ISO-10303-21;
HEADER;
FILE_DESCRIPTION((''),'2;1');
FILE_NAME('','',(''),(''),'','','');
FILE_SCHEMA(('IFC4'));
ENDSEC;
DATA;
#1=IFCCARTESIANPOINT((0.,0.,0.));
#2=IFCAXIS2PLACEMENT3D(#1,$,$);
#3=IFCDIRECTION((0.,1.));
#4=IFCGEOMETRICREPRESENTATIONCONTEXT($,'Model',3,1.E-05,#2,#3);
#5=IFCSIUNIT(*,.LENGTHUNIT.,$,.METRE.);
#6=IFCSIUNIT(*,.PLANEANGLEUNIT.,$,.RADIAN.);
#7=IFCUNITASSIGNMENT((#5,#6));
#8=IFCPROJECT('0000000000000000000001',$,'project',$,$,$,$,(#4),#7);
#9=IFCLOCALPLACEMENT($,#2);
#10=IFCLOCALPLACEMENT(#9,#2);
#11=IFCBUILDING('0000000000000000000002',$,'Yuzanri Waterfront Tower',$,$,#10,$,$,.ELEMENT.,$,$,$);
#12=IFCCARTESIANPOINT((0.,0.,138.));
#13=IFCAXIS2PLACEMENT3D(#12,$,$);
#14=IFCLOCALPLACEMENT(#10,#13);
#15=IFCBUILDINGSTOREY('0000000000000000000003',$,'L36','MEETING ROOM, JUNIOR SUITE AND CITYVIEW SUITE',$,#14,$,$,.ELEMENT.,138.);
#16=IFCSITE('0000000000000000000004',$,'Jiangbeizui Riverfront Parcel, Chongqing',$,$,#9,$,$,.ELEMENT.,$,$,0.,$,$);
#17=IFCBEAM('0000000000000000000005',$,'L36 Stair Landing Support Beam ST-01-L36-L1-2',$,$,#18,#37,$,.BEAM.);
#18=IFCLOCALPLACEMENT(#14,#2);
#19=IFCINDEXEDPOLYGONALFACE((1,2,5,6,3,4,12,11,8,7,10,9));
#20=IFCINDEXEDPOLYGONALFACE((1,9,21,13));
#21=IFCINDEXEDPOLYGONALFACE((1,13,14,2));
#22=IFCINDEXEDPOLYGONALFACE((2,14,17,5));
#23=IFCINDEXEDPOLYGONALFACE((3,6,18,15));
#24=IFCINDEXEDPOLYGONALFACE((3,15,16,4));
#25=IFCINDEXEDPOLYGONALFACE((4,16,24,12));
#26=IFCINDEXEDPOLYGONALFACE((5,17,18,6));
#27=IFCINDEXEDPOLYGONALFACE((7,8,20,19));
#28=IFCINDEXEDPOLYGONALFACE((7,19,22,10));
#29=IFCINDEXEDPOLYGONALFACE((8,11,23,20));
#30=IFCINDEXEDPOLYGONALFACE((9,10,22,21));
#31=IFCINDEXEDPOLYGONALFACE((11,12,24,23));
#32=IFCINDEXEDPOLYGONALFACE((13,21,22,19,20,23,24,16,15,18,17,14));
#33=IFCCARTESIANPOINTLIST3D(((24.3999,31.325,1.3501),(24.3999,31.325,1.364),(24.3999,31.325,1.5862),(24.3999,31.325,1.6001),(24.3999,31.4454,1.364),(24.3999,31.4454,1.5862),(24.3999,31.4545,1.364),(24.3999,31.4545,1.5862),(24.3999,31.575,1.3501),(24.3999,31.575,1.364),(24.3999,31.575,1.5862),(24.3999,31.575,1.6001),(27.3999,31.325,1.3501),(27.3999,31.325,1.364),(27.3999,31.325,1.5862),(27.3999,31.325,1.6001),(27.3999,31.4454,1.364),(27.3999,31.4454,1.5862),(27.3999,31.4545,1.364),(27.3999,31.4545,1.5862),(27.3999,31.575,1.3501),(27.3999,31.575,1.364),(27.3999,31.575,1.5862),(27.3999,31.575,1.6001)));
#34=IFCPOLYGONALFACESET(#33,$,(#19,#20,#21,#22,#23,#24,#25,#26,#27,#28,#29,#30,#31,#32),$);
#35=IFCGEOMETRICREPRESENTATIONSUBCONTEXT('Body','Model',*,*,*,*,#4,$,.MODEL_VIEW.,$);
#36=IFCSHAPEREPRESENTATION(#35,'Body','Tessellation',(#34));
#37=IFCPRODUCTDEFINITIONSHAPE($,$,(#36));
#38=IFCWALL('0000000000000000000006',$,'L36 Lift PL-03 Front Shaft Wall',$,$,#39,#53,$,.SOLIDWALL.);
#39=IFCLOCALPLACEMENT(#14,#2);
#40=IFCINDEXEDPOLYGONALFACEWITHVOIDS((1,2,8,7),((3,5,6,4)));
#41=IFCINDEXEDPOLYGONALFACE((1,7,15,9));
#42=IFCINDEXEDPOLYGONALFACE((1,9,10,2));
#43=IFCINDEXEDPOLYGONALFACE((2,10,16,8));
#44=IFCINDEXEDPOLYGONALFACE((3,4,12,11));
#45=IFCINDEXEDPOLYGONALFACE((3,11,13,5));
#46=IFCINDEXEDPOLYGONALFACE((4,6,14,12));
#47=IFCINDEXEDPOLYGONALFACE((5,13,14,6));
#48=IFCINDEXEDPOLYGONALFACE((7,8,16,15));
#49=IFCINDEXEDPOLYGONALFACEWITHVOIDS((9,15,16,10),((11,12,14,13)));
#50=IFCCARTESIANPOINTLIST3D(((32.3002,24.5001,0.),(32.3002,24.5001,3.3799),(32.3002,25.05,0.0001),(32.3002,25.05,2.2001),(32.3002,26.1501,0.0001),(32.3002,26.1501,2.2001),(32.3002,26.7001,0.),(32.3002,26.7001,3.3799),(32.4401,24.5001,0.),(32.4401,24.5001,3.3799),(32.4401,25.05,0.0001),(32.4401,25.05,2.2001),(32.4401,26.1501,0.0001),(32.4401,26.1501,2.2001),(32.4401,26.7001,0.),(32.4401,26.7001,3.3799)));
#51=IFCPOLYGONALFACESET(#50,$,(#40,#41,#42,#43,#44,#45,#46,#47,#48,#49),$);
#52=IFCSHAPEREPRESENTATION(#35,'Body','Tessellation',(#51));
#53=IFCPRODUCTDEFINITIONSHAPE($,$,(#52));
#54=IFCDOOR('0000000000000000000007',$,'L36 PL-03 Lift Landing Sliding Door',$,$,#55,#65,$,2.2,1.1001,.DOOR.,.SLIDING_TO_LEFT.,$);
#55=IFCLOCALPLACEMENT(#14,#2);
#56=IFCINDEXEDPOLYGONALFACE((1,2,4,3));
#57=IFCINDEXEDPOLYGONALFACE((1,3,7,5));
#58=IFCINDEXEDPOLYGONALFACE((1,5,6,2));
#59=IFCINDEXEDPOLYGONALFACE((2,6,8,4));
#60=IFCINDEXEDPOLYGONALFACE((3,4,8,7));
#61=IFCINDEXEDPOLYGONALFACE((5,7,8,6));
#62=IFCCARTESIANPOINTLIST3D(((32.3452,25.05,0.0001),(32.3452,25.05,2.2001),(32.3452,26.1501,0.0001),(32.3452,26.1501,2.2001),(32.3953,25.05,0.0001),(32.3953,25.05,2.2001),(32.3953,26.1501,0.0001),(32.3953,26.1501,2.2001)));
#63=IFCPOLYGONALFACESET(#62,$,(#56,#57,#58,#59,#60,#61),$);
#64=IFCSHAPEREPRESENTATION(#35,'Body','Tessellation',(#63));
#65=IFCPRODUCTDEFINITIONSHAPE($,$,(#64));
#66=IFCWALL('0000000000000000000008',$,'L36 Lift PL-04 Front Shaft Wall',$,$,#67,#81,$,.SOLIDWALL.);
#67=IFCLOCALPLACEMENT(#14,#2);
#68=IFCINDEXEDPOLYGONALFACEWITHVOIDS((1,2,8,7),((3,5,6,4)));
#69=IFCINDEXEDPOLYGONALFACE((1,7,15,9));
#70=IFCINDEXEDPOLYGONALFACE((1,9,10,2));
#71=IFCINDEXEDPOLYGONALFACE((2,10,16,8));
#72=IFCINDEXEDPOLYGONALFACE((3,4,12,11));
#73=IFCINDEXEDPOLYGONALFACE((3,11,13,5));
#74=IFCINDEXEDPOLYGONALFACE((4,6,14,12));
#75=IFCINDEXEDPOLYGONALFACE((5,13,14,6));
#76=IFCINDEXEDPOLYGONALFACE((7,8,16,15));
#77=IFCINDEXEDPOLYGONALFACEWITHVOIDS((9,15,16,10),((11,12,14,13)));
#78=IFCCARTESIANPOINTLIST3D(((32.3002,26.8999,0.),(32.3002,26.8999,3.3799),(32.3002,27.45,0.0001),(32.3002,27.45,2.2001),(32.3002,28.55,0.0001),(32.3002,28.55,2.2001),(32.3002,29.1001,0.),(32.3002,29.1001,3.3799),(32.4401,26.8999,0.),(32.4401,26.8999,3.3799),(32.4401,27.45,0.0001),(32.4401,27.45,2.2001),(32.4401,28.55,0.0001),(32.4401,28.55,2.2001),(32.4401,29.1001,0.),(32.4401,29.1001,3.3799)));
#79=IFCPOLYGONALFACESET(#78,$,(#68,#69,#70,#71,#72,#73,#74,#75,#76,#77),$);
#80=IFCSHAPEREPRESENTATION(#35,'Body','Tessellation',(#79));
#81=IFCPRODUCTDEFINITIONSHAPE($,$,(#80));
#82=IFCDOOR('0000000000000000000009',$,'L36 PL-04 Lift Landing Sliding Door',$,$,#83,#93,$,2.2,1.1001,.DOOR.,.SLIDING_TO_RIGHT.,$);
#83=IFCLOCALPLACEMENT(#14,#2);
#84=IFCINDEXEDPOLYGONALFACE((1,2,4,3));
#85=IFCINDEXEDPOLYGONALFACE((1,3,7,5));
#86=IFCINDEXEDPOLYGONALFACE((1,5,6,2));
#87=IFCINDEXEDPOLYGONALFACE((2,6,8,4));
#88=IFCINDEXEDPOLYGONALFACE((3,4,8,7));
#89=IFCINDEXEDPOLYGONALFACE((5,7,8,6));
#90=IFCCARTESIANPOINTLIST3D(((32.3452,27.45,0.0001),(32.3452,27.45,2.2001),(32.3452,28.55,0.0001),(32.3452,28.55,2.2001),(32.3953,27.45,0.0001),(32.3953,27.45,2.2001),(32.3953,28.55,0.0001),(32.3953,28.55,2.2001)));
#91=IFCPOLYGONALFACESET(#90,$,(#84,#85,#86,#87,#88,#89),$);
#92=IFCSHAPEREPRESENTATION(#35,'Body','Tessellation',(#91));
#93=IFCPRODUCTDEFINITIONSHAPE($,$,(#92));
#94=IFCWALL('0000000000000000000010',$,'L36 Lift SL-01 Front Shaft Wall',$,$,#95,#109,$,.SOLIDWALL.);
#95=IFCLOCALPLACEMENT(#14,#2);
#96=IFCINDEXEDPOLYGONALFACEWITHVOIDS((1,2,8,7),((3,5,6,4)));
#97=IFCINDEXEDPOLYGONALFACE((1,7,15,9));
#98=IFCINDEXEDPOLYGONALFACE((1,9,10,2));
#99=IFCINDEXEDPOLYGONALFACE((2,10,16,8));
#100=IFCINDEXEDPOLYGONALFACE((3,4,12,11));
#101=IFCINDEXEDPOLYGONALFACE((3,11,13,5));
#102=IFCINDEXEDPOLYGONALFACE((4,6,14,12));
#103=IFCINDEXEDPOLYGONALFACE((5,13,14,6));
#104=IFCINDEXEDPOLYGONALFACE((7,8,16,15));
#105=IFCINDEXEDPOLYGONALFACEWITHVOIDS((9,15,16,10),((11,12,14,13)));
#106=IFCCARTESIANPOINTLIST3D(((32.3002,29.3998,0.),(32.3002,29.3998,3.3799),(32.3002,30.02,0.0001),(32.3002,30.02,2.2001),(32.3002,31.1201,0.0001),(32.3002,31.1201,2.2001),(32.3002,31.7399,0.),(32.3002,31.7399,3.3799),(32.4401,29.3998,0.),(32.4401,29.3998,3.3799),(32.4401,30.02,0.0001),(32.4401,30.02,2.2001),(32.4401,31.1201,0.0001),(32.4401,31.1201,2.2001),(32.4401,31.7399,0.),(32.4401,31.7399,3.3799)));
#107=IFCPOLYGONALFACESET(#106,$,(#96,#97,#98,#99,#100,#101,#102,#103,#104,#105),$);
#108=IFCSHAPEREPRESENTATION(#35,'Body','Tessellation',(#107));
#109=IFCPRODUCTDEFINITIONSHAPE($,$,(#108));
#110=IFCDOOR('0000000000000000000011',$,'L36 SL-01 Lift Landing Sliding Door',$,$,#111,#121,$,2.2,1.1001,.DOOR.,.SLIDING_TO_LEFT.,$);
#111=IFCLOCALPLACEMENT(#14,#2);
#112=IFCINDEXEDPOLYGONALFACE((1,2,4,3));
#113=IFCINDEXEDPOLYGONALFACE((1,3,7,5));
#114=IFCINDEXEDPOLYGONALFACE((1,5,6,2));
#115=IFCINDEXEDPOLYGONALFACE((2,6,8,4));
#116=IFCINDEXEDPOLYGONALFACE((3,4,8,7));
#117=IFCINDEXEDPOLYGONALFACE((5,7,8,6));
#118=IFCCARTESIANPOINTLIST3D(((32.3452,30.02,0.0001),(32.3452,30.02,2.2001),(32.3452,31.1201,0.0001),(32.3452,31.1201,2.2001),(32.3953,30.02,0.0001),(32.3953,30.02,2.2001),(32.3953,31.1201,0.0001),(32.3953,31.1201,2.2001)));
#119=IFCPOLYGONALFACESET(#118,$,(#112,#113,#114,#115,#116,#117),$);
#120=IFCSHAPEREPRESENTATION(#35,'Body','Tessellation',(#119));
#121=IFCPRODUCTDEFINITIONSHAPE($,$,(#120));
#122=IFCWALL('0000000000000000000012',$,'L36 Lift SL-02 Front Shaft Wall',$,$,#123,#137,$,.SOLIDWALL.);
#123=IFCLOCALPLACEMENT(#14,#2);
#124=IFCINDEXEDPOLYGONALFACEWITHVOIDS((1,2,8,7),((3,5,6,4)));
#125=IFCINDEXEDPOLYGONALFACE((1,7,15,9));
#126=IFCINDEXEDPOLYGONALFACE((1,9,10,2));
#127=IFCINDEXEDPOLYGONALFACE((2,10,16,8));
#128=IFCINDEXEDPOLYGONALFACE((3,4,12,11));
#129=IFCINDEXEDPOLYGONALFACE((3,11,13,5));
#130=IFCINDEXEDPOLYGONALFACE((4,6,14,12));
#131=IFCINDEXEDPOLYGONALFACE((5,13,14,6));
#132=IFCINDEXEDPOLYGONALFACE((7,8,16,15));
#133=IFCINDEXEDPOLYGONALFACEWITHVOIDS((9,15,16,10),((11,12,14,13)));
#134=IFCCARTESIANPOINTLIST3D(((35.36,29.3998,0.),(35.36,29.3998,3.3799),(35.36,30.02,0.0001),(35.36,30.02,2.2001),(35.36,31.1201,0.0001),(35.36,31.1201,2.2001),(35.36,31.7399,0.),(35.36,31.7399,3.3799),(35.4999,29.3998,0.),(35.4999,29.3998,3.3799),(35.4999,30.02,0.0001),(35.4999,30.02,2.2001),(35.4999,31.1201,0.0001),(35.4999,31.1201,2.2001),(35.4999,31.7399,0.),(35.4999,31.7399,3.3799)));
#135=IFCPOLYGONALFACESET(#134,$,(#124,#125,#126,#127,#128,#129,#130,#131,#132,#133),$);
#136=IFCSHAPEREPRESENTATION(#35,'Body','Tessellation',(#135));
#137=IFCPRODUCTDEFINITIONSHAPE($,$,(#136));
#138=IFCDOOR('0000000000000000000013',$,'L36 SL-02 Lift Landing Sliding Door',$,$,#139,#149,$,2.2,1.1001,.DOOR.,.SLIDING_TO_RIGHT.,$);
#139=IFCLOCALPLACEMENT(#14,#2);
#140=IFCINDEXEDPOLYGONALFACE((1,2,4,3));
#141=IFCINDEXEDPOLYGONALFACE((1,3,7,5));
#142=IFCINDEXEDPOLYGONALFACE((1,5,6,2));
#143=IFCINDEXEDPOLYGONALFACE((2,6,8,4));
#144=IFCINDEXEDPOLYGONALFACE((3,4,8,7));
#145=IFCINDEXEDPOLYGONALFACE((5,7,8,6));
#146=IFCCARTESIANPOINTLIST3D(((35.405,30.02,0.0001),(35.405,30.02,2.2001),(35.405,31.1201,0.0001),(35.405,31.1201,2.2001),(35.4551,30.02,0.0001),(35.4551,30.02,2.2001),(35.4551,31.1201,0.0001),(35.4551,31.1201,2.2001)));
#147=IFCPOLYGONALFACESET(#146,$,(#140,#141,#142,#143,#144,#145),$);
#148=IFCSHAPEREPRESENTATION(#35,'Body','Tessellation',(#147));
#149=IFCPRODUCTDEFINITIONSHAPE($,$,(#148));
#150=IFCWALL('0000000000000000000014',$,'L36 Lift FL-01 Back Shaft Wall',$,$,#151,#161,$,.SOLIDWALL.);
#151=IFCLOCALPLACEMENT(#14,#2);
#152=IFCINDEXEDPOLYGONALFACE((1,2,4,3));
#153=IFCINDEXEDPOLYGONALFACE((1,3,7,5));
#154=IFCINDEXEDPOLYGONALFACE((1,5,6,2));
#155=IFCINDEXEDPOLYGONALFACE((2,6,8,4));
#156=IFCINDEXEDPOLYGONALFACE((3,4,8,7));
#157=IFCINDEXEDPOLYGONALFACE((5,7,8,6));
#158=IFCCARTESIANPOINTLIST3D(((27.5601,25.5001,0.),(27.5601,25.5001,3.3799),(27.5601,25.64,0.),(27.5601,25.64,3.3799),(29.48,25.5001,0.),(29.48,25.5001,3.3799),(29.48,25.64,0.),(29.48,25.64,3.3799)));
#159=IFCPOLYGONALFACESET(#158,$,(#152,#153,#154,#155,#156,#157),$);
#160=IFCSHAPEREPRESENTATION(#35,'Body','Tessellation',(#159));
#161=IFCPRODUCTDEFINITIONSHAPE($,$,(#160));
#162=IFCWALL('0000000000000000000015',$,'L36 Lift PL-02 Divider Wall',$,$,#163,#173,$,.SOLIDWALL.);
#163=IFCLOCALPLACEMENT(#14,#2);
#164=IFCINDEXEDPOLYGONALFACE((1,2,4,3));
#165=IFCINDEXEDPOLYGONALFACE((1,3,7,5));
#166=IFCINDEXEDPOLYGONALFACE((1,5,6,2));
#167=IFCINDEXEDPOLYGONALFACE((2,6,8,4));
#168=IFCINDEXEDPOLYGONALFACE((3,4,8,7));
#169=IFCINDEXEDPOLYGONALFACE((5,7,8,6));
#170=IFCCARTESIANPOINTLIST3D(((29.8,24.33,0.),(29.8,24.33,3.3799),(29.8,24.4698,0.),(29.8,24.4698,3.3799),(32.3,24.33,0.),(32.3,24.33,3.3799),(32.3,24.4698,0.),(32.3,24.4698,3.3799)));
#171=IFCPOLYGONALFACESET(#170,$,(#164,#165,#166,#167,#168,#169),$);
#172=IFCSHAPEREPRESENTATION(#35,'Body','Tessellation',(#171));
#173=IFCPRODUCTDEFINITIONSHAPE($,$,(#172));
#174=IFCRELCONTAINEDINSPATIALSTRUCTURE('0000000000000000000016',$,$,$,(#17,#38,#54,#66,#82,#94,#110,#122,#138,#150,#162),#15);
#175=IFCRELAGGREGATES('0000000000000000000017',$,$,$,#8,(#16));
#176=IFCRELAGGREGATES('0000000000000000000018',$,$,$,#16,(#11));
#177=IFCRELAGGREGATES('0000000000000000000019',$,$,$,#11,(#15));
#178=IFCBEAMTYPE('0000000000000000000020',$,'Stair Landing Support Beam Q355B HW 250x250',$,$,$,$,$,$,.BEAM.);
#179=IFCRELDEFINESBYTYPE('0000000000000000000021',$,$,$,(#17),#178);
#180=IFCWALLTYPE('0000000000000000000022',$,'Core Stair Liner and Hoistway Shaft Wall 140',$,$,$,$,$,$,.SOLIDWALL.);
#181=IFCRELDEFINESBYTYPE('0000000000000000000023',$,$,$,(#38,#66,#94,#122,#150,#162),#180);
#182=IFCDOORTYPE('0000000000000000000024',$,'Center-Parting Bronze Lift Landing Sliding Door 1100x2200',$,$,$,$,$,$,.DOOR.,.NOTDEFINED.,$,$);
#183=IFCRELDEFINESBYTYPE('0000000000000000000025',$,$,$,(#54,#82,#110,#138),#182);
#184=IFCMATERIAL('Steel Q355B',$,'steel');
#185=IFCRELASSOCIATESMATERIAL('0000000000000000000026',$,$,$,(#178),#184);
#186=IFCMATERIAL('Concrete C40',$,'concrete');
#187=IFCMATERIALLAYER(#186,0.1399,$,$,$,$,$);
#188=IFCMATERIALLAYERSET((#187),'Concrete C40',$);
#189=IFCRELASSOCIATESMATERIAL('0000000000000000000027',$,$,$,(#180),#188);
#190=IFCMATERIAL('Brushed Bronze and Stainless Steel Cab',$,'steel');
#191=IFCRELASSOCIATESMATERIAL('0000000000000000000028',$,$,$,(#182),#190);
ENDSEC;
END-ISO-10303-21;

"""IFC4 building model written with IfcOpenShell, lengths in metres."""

from ifc_helpers import new_model, si_unit, direction, frame, frame_2d, origin, origin_2d, place, context, subcontext, project, spatial, rectangle, i_section, extrude, source, transform, mapped, material, layer, layer_set, material_profile, profile_set, type_object, element, fill, save


model = new_model("IFC4")

# Units and contexts
model_context = context("Model", 3, precision=1e-05, world=origin(), true_north=direction((0.0, 1.0)))
body_context = subcontext(model_context, "Body", "Model", "MODEL_VIEW")
ifc_project = project(units=[si_unit("LENGTHUNIT", "METRE"), si_unit("PLANEANGLEUNIT", "RADIAN")], contexts=[model_context])

# Site, building, storey
site_placement = place(None, origin())
site = spatial("IfcSite", under=ifc_project, at=site_placement, Name="Jiangbeizui Riverfront Parcel, Chongqing", CompositionType="ELEMENT", RefElevation=0.0)
building_placement = place(site_placement, origin())
building = spatial("IfcBuilding", under=site, at=building_placement, Name="Yuzanri Waterfront Tower", CompositionType="ELEMENT")
storey_placement = place(building_placement, frame((0.0, 0.0, 138.0)))
storey = spatial("IfcBuildingStorey", under=building, at=storey_placement, Name="L36", Description="MEETING ROOM, JUNIOR SUITE AND CITYVIEW SUITE", CompositionType="ELEMENT", Elevation=138.0)

# Beam
ifc_material_1 = material(Name="Steel Q355B", Category="steel")
ifc_material_profile = material_profile(ifc_material_1, i_section(OverallWidth=0.25, OverallDepth=0.25, WebThickness=0.009, FlangeThickness=0.0139, at=origin_2d()), Name="HW 250x250x9x14")
ifc_profile_set = profile_set([ifc_material_profile], Name="Steel Q355B")
beam_type = type_object("IfcBeamType", Name="Stair Landing Support Beam Q355B HW 250x250", PredefinedType="BEAM", material=ifc_profile_set)
shared_shape_1 = source(origin(), body_context, "Body", "SweptSolid", [
    extrude(i_section(OverallWidth=0.25, OverallDepth=0.25, WebThickness=0.009, FlangeThickness=0.0139, at=origin_2d()), origin(), (0.0, 0.0, 1.0), 3.0),
])
beam_placement = place(storey_placement, frame((24.3999, 31.45, 1.4751), z_axis=(1.0, 0.0, 0.0), x_axis=(0.0, 1.0, 0.0)))
element("IfcBeam", 1, at=beam_placement, inside=storey, type_object=beam_type, Name="L36 Stair Landing Support Beam ST-01-L36-L1-2", PredefinedType="BEAM", context=body_context, shape_type="MappedRepresentation", body=[
    mapped(shared_shape_1, transform((0.0, 0.0, 0.0), scale=1.0)),
])

# Walls, openings, doors
ifc_material_2 = material(Name="Concrete C40", Category="concrete")
ifc_layer_1 = layer(ifc_material_2, 0.1399)
ifc_layer_set_1 = layer_set([ifc_layer_1], Name="Concrete C40")
wall_type_1 = type_object("IfcWallType", Name="Core Stair Liner and Hoistway Shaft Wall 140", PredefinedType="SOLIDWALL", material=ifc_layer_set_1)
wall_1_placement = place(storey_placement, frame((32.3701, 24.5, 0.0), z_axis=(0.0, 0.0, 1.0), x_axis=(0.0, 1.0, 0.0)))
wall_1 = element("IfcWall", 2, at=wall_1_placement, inside=storey, type_object=wall_type_1, Name="L36 Lift PL-03 Front Shaft Wall", PredefinedType="SOLIDWALL", context=body_context, shape_type="SweptSolid", body=[
    extrude(rectangle(XDim=2.2, YDim=0.1399, at=frame_2d((1.1001, 0.0))), origin(), (0.0, 0.0, 1.0), 3.3799),
])
opening_1_placement = place(wall_1_placement, frame((0.55, 0.0, 0.0)))
opening_1 = element("IfcOpeningElement", 3, at=opening_1_placement, cuts=wall_1, PredefinedType="OPENING", context=body_context, shape_type="SweptSolid", body=[
    extrude(rectangle(XDim=1.1001, YDim=2.2, at=frame_2d((0.55, 1.1001))), frame((0.0, 0.085, 0.0), z_axis=(0.0, -1.0, 0.0), x_axis=(1.0, 0.0, 0.0)), (0.0, 0.0, 1.0), 0.1697),
])
ifc_material_3 = material(Name="Brushed Bronze and Stainless Steel Cab", Category="steel")
door_type_1 = type_object("IfcDoorType", Name="Center-Parting Bronze Lift Landing Sliding Door 1100x2200", OperationType="NOTDEFINED", PredefinedType="DOOR", material=ifc_material_3)
shared_shape_2 = source(origin(), body_context, "Body", "SweptSolid", [
    extrude(rectangle(XDim=1.1001, YDim=2.2, at=frame_2d((0.55, 1.1001))), frame((0.0, 0.0249, 0.0), z_axis=(0.0, -1.0, 0.0), x_axis=(1.0, 0.0, 0.0)), (0.0, 0.0, 1.0), 0.05),
])
door_1_placement = place(opening_1_placement, origin())
door_1 = element("IfcDoor", 4, at=door_1_placement, inside=storey, type_object=door_type_1, Name="L36 PL-03 Lift Landing Sliding Door", OperationType="SLIDING_TO_LEFT", OverallHeight=2.2, OverallWidth=1.1001, PredefinedType="DOOR", context=body_context, shape_type="MappedRepresentation", body=[
    mapped(shared_shape_2, transform((0.0, 0.0, 0.0), scale=1.0)),
])
fill(opening_1, door_1)
wall_2_placement = place(storey_placement, frame((32.3701, 26.8999, 0.0), z_axis=(0.0, 0.0, 1.0), x_axis=(0.0, 1.0, 0.0)))
wall_2 = element("IfcWall", 5, at=wall_2_placement, inside=storey, type_object=wall_type_1, Name="L36 Lift PL-04 Front Shaft Wall", PredefinedType="SOLIDWALL", context=body_context, shape_type="SweptSolid", body=[
    extrude(rectangle(XDim=2.2002, YDim=0.1399, at=frame_2d((1.1001, 0.0))), origin(), (0.0, 0.0, 1.0), 3.3799),
])
opening_2_placement = place(wall_2_placement, frame((0.55, 0.0, 0.0)))
opening_2 = element("IfcOpeningElement", 6, at=opening_2_placement, cuts=wall_2, PredefinedType="OPENING", context=body_context, shape_type="SweptSolid", body=[
    extrude(rectangle(XDim=1.1001, YDim=2.2, at=frame_2d((0.55, 1.1001))), frame((0.0, 0.085, 0.0), z_axis=(0.0, -1.0, 0.0), x_axis=(1.0, 0.0, 0.0)), (0.0, 0.0, 1.0), 0.1697),
])
door_2_placement = place(opening_2_placement, origin())
door_2 = element("IfcDoor", 7, at=door_2_placement, inside=storey, type_object=door_type_1, Name="L36 PL-04 Lift Landing Sliding Door", OperationType="SLIDING_TO_RIGHT", OverallHeight=2.2, OverallWidth=1.1001, PredefinedType="DOOR", context=body_context, shape_type="MappedRepresentation", body=[
    mapped(shared_shape_2, transform((0.0, 0.0, 0.0), scale=1.0)),
])
fill(opening_2, door_2)
wall_3_placement = place(storey_placement, frame((32.3701, 29.3999, 0.0), z_axis=(0.0, 0.0, 1.0), x_axis=(0.0, 1.0, 0.0)))
wall_3 = element("IfcWall", 8, at=wall_3_placement, inside=storey, type_object=wall_type_1, Name="L36 Lift SL-01 Front Shaft Wall", PredefinedType="SOLIDWALL", context=body_context, shape_type="SweptSolid", body=[
    extrude(rectangle(XDim=2.3401, YDim=0.1399, at=frame_2d((1.1699, 0.0))), origin(), (0.0, 0.0, 1.0), 3.3799),
])
opening_3_placement = place(wall_3_placement, frame((0.6201, 0.0, 0.0)))
opening_3 = element("IfcOpeningElement", 9, at=opening_3_placement, cuts=wall_3, PredefinedType="OPENING", context=body_context, shape_type="SweptSolid", body=[
    extrude(rectangle(XDim=1.1001, YDim=2.2, at=frame_2d((0.55, 1.1001))), frame((0.0, 0.085, 0.0), z_axis=(0.0, -1.0, 0.0), x_axis=(1.0, 0.0, 0.0)), (0.0, 0.0, 1.0), 0.1697),
])
door_3_placement = place(opening_3_placement, origin())
door_3 = element("IfcDoor", 10, at=door_3_placement, inside=storey, type_object=door_type_1, Name="L36 SL-01 Lift Landing Sliding Door", OperationType="SLIDING_TO_LEFT", OverallHeight=2.2, OverallWidth=1.1001, PredefinedType="DOOR", context=body_context, shape_type="MappedRepresentation", body=[
    mapped(shared_shape_2, transform((0.0, 0.0, 0.0), scale=1.0)),
])
fill(opening_3, door_3)
wall_4_placement = place(storey_placement, frame((35.4299, 29.3999, 0.0), z_axis=(0.0, 0.0, 1.0), x_axis=(0.0, 1.0, 0.0)))
wall_4 = element("IfcWall", 11, at=wall_4_placement, inside=storey, type_object=wall_type_1, Name="L36 Lift SL-02 Front Shaft Wall", PredefinedType="SOLIDWALL", context=body_context, shape_type="SweptSolid", body=[
    extrude(rectangle(XDim=2.3401, YDim=0.1399, at=frame_2d((1.1699, 0.0))), origin(), (0.0, 0.0, 1.0), 3.3799),
])
opening_4_placement = place(wall_4_placement, frame((0.6201, 0.0, 0.0)))
opening_4 = element("IfcOpeningElement", 12, at=opening_4_placement, cuts=wall_4, PredefinedType="OPENING", context=body_context, shape_type="SweptSolid", body=[
    extrude(rectangle(XDim=1.1001, YDim=2.2, at=frame_2d((0.55, 1.1001))), frame((0.0, 0.085, 0.0), z_axis=(0.0, -1.0, 0.0), x_axis=(1.0, 0.0, 0.0)), (0.0, 0.0, 1.0), 0.1697),
])
door_4_placement = place(opening_4_placement, origin())
door_4 = element("IfcDoor", 13, at=door_4_placement, inside=storey, type_object=door_type_1, Name="L36 SL-02 Lift Landing Sliding Door", OperationType="SLIDING_TO_RIGHT", OverallHeight=2.2, OverallWidth=1.1001, PredefinedType="DOOR", context=body_context, shape_type="MappedRepresentation", body=[
    mapped(shared_shape_2, transform((0.0, 0.0, 0.0), scale=1.0)),
])
fill(opening_4, door_4)

# Walls
shared_shape_3 = source(origin(), body_context, "Body", "SweptSolid", [
    extrude(rectangle(XDim=1.9199, YDim=0.1399, at=frame_2d((0.96, 0.0))), origin(), (0.0, 0.0, 1.0), 3.3799),
])
wall_5_placement = place(storey_placement, frame((27.5601, 25.5701, 0.0), z_axis=(0.0, 0.0, 1.0), x_axis=(1.0, 0.0, 0.0)))
element("IfcWall", 14, at=wall_5_placement, inside=storey, type_object=wall_type_1, Name="L36 Lift FL-01 Back Shaft Wall", PredefinedType="SOLIDWALL", context=body_context, shape_type="MappedRepresentation", body=[
    mapped(shared_shape_3, transform((0.0, 0.0, 0.0), scale=1.0)),
])
shared_shape_4 = source(origin(), body_context, "Body", "SweptSolid", [
    extrude(rectangle(XDim=2.5, YDim=0.1399, at=frame_2d((1.25, 0.0))), origin(), (0.0, 0.0, 1.0), 3.3799),
])
for number, where, z_axis, x_axis, name in (
    (15, (29.8, 24.3999, 0.0), (0.0, 0.0, 1.0), (1.0, 0.0, 0.0), "L36 Lift PL-02 Divider Wall"),
):
    element("IfcWall", number, at=place(storey_placement, frame(where, z_axis=z_axis, x_axis=x_axis)), inside=storey, type_object=wall_type_1, Name=name, PredefinedType="SOLIDWALL", context=body_context, shape_type="MappedRepresentation", body=[
        mapped(shared_shape_4, transform((0.0, 0.0, 0.0), scale=1.0)),
    ])

save(model, "model.ifc")
